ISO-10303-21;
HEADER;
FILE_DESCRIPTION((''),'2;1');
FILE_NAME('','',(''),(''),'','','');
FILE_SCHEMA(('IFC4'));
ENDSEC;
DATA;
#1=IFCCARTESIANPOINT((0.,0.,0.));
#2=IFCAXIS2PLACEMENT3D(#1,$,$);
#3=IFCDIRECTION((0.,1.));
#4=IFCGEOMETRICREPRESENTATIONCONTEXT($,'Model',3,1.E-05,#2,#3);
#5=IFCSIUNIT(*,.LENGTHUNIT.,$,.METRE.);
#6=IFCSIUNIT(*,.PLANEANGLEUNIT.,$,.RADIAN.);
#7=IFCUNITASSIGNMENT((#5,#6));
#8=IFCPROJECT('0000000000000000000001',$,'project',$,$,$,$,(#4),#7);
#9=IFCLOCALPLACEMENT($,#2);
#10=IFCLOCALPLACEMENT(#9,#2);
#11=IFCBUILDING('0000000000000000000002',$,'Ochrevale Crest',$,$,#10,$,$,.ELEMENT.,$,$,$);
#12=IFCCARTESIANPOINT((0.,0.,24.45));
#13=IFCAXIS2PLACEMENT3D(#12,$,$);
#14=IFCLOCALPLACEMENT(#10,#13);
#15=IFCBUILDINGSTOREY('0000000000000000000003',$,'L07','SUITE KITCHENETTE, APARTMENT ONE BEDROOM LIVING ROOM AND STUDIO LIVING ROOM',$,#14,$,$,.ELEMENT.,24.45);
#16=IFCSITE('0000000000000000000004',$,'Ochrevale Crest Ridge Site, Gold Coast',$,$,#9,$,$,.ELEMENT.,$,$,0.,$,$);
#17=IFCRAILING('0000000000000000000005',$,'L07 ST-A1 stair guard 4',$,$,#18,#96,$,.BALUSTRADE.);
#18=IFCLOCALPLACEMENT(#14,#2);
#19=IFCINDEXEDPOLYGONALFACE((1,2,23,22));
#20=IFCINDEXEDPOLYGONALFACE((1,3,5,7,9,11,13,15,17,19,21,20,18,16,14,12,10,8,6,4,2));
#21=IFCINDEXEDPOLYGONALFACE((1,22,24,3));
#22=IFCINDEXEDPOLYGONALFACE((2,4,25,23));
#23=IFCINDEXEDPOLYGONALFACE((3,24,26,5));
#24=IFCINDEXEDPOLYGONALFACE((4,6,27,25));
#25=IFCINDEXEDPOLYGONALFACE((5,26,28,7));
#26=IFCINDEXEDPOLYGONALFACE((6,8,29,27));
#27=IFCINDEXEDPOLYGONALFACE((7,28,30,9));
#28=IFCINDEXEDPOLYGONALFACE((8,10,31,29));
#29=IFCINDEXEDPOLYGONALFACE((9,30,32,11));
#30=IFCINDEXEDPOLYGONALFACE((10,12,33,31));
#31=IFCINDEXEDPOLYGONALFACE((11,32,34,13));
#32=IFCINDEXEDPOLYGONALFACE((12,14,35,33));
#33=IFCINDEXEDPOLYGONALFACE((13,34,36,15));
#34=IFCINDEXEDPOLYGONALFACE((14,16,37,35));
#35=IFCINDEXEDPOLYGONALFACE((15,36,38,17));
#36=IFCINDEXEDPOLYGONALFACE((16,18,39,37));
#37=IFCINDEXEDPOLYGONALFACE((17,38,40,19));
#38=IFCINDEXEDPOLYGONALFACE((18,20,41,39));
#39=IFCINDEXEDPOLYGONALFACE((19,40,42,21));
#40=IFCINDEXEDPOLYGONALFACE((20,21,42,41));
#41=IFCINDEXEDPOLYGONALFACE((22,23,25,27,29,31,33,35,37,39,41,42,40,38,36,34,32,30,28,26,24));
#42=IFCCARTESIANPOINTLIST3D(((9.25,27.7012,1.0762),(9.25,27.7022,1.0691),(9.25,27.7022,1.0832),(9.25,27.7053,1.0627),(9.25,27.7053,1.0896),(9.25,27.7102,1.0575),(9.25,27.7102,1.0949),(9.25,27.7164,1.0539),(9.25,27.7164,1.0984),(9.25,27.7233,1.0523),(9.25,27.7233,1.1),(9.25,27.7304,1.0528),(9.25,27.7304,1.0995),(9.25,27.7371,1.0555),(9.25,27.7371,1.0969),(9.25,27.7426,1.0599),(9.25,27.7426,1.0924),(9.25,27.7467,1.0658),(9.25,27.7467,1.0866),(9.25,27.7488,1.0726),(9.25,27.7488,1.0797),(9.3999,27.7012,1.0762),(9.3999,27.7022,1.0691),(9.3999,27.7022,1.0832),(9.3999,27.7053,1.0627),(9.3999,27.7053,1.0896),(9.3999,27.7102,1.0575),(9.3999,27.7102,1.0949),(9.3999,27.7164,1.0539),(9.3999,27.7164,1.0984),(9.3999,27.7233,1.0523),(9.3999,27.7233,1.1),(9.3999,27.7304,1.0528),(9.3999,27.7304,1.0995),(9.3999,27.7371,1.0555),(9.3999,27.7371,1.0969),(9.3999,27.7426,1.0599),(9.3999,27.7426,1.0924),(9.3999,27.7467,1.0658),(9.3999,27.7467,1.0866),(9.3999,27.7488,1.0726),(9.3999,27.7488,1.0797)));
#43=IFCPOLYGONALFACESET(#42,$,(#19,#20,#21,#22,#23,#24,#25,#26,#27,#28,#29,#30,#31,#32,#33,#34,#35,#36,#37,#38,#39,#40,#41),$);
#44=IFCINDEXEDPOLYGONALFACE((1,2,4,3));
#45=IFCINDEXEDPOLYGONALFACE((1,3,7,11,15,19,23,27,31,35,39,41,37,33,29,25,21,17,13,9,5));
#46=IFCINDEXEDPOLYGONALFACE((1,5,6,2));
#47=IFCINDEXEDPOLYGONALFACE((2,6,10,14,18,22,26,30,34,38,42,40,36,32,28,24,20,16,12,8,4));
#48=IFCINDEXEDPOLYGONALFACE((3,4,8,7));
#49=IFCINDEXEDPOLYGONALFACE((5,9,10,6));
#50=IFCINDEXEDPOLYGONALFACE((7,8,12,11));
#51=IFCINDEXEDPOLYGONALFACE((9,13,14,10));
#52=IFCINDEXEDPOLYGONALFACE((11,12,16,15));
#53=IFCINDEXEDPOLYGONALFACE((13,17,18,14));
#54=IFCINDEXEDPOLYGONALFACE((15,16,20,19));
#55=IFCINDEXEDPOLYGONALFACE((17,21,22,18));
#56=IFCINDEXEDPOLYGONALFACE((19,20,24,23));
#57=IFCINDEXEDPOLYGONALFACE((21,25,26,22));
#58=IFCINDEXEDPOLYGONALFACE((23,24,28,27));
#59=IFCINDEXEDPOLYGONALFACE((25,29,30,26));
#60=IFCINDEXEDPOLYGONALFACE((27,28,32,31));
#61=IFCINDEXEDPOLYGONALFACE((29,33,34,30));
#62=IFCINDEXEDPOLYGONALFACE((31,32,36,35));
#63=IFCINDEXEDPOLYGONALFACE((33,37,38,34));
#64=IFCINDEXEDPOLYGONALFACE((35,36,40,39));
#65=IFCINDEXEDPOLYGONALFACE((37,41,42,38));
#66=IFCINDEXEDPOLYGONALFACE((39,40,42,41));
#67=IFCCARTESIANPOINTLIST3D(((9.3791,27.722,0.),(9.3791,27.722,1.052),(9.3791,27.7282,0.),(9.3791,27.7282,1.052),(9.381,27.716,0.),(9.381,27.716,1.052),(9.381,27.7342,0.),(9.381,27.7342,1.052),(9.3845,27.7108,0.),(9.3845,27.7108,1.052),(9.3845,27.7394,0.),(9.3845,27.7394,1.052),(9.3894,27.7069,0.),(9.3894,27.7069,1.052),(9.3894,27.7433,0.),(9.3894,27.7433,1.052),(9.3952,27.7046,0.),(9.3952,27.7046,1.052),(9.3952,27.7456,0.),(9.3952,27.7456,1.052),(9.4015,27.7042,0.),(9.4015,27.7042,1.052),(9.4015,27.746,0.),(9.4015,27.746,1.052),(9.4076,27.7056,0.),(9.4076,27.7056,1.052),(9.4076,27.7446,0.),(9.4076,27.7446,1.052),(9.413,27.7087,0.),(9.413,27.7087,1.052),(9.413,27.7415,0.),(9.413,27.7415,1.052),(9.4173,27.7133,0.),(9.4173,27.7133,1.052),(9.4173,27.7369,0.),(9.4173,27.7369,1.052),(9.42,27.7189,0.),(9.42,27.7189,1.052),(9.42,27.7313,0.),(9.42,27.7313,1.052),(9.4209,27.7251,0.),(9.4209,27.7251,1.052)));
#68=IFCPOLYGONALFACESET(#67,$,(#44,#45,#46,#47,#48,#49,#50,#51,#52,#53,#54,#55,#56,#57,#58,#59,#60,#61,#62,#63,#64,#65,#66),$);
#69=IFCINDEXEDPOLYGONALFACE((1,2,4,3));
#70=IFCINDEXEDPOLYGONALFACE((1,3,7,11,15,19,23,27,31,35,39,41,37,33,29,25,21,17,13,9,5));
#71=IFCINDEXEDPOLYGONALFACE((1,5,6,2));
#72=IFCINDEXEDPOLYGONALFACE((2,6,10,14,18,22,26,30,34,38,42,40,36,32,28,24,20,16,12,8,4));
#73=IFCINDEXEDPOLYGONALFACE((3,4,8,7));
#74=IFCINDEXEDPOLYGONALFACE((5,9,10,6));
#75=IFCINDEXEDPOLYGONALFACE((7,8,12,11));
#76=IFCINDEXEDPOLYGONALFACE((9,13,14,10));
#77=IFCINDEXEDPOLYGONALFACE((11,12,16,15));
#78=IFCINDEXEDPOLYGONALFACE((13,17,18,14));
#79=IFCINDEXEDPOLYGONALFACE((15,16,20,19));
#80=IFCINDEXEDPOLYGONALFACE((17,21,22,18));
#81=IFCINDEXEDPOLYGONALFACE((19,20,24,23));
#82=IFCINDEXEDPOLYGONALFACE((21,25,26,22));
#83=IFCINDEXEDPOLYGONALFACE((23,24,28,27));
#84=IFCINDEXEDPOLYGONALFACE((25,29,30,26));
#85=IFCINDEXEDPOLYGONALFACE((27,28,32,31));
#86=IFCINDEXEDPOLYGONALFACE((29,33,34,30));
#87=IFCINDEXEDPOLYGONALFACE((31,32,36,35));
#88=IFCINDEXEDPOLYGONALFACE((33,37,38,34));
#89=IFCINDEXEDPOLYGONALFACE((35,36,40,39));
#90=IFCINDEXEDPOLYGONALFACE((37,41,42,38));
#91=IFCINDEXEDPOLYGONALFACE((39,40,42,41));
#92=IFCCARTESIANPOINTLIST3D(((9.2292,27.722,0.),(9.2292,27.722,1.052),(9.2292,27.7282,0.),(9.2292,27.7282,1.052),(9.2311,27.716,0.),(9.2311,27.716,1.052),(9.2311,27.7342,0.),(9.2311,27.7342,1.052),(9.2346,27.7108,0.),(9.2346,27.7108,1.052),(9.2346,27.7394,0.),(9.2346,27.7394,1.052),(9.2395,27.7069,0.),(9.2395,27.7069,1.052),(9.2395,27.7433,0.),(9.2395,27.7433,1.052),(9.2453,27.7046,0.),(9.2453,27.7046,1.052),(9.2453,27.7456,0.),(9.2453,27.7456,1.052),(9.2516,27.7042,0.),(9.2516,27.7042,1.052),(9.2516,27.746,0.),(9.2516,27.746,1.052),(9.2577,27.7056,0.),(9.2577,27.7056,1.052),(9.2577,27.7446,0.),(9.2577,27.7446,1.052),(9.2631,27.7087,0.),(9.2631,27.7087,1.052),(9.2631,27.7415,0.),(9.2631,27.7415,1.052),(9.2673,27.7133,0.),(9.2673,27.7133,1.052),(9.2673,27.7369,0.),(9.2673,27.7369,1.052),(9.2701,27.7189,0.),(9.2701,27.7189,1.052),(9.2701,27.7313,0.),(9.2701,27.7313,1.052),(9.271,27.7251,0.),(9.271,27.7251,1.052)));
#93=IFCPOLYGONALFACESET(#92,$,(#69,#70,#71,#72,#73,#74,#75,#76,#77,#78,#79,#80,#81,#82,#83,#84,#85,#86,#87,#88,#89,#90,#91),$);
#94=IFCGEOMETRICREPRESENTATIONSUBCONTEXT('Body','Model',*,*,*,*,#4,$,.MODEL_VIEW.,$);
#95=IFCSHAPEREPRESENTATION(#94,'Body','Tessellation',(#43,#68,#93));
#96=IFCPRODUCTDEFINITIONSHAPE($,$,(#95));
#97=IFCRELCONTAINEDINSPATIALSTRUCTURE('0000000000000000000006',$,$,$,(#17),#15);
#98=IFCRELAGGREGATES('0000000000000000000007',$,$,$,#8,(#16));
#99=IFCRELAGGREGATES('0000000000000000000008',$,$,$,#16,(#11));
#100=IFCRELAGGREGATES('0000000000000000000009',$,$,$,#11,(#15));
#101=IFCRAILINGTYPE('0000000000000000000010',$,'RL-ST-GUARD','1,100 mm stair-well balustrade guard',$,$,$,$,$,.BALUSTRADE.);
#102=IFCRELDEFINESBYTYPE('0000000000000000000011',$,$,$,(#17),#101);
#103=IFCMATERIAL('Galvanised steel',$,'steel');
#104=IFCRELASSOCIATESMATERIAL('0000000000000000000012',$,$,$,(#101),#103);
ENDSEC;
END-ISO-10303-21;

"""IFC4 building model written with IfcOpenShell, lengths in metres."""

from ifc_helpers import new_model, si_unit, direction, frame, origin, origin_2d, place, context, subcontext, project, spatial, circle, extrude, material, type_object, element, save


model = new_model("IFC4")

# Units and contexts
model_context = context("Model", 3, precision=1e-05, world=origin(), true_north=direction((0.0, 1.0)))
body_context = subcontext(model_context, "Body", "Model", "MODEL_VIEW")
ifc_project = project(units=[si_unit("LENGTHUNIT", "METRE"), si_unit("PLANEANGLEUNIT", "RADIAN")], contexts=[model_context])

# Site, building, storey
site_placement = place(None, origin())
site = spatial("IfcSite", under=ifc_project, at=site_placement, Name="Ochrevale Crest Ridge Site, Gold Coast", CompositionType="ELEMENT", RefElevation=0.0)
building_placement = place(site_placement, origin())
building = spatial("IfcBuilding", under=site, at=building_placement, Name="Ochrevale Crest", CompositionType="ELEMENT")
storey_placement = place(building_placement, frame((0.0, 0.0, 24.45)))
storey = spatial("IfcBuildingStorey", under=building, at=storey_placement, Name="L07", Description="SUITE KITCHENETTE, APARTMENT ONE BEDROOM LIVING ROOM AND STUDIO LIVING ROOM", CompositionType="ELEMENT", Elevation=24.45)

# Railing
ifc_material_1 = material(Name="Galvanised steel", Category="steel")
railing_type_1 = type_object("IfcRailingType", Name="RL-ST-GUARD", Description="1,100 mm stair-well balustrade guard", PredefinedType="BALUSTRADE", material=ifc_material_1)
railing_1_placement = place(storey_placement, frame((9.3999, 27.7251, 0.0)))
element("IfcRailing", 1, at=railing_1_placement, inside=storey, type_object=railing_type_1, Name="L07 ST-A1 stair guard 4", PredefinedType="BALUSTRADE", context=body_context, shape_type="SweptSolid", body=[
    extrude(circle(Radius=0.0239, at=origin_2d()), frame((0.0, 0.0, 1.0762), z_axis=(-1.0, 0.0, 0.0), x_axis=(0.0, -1.0, 0.0)), (0.0, 0.0, 1.0), 0.1499),
    extrude(circle(Radius=0.021, at=origin_2d()), origin(), (0.0, 0.0, 1.0), 1.052),
    extrude(circle(Radius=0.021, at=origin_2d()), frame((-0.1499, 0.0, 0.0)), (0.0, 0.0, 1.0), 1.052),
])

save(model, "model.ifc")
